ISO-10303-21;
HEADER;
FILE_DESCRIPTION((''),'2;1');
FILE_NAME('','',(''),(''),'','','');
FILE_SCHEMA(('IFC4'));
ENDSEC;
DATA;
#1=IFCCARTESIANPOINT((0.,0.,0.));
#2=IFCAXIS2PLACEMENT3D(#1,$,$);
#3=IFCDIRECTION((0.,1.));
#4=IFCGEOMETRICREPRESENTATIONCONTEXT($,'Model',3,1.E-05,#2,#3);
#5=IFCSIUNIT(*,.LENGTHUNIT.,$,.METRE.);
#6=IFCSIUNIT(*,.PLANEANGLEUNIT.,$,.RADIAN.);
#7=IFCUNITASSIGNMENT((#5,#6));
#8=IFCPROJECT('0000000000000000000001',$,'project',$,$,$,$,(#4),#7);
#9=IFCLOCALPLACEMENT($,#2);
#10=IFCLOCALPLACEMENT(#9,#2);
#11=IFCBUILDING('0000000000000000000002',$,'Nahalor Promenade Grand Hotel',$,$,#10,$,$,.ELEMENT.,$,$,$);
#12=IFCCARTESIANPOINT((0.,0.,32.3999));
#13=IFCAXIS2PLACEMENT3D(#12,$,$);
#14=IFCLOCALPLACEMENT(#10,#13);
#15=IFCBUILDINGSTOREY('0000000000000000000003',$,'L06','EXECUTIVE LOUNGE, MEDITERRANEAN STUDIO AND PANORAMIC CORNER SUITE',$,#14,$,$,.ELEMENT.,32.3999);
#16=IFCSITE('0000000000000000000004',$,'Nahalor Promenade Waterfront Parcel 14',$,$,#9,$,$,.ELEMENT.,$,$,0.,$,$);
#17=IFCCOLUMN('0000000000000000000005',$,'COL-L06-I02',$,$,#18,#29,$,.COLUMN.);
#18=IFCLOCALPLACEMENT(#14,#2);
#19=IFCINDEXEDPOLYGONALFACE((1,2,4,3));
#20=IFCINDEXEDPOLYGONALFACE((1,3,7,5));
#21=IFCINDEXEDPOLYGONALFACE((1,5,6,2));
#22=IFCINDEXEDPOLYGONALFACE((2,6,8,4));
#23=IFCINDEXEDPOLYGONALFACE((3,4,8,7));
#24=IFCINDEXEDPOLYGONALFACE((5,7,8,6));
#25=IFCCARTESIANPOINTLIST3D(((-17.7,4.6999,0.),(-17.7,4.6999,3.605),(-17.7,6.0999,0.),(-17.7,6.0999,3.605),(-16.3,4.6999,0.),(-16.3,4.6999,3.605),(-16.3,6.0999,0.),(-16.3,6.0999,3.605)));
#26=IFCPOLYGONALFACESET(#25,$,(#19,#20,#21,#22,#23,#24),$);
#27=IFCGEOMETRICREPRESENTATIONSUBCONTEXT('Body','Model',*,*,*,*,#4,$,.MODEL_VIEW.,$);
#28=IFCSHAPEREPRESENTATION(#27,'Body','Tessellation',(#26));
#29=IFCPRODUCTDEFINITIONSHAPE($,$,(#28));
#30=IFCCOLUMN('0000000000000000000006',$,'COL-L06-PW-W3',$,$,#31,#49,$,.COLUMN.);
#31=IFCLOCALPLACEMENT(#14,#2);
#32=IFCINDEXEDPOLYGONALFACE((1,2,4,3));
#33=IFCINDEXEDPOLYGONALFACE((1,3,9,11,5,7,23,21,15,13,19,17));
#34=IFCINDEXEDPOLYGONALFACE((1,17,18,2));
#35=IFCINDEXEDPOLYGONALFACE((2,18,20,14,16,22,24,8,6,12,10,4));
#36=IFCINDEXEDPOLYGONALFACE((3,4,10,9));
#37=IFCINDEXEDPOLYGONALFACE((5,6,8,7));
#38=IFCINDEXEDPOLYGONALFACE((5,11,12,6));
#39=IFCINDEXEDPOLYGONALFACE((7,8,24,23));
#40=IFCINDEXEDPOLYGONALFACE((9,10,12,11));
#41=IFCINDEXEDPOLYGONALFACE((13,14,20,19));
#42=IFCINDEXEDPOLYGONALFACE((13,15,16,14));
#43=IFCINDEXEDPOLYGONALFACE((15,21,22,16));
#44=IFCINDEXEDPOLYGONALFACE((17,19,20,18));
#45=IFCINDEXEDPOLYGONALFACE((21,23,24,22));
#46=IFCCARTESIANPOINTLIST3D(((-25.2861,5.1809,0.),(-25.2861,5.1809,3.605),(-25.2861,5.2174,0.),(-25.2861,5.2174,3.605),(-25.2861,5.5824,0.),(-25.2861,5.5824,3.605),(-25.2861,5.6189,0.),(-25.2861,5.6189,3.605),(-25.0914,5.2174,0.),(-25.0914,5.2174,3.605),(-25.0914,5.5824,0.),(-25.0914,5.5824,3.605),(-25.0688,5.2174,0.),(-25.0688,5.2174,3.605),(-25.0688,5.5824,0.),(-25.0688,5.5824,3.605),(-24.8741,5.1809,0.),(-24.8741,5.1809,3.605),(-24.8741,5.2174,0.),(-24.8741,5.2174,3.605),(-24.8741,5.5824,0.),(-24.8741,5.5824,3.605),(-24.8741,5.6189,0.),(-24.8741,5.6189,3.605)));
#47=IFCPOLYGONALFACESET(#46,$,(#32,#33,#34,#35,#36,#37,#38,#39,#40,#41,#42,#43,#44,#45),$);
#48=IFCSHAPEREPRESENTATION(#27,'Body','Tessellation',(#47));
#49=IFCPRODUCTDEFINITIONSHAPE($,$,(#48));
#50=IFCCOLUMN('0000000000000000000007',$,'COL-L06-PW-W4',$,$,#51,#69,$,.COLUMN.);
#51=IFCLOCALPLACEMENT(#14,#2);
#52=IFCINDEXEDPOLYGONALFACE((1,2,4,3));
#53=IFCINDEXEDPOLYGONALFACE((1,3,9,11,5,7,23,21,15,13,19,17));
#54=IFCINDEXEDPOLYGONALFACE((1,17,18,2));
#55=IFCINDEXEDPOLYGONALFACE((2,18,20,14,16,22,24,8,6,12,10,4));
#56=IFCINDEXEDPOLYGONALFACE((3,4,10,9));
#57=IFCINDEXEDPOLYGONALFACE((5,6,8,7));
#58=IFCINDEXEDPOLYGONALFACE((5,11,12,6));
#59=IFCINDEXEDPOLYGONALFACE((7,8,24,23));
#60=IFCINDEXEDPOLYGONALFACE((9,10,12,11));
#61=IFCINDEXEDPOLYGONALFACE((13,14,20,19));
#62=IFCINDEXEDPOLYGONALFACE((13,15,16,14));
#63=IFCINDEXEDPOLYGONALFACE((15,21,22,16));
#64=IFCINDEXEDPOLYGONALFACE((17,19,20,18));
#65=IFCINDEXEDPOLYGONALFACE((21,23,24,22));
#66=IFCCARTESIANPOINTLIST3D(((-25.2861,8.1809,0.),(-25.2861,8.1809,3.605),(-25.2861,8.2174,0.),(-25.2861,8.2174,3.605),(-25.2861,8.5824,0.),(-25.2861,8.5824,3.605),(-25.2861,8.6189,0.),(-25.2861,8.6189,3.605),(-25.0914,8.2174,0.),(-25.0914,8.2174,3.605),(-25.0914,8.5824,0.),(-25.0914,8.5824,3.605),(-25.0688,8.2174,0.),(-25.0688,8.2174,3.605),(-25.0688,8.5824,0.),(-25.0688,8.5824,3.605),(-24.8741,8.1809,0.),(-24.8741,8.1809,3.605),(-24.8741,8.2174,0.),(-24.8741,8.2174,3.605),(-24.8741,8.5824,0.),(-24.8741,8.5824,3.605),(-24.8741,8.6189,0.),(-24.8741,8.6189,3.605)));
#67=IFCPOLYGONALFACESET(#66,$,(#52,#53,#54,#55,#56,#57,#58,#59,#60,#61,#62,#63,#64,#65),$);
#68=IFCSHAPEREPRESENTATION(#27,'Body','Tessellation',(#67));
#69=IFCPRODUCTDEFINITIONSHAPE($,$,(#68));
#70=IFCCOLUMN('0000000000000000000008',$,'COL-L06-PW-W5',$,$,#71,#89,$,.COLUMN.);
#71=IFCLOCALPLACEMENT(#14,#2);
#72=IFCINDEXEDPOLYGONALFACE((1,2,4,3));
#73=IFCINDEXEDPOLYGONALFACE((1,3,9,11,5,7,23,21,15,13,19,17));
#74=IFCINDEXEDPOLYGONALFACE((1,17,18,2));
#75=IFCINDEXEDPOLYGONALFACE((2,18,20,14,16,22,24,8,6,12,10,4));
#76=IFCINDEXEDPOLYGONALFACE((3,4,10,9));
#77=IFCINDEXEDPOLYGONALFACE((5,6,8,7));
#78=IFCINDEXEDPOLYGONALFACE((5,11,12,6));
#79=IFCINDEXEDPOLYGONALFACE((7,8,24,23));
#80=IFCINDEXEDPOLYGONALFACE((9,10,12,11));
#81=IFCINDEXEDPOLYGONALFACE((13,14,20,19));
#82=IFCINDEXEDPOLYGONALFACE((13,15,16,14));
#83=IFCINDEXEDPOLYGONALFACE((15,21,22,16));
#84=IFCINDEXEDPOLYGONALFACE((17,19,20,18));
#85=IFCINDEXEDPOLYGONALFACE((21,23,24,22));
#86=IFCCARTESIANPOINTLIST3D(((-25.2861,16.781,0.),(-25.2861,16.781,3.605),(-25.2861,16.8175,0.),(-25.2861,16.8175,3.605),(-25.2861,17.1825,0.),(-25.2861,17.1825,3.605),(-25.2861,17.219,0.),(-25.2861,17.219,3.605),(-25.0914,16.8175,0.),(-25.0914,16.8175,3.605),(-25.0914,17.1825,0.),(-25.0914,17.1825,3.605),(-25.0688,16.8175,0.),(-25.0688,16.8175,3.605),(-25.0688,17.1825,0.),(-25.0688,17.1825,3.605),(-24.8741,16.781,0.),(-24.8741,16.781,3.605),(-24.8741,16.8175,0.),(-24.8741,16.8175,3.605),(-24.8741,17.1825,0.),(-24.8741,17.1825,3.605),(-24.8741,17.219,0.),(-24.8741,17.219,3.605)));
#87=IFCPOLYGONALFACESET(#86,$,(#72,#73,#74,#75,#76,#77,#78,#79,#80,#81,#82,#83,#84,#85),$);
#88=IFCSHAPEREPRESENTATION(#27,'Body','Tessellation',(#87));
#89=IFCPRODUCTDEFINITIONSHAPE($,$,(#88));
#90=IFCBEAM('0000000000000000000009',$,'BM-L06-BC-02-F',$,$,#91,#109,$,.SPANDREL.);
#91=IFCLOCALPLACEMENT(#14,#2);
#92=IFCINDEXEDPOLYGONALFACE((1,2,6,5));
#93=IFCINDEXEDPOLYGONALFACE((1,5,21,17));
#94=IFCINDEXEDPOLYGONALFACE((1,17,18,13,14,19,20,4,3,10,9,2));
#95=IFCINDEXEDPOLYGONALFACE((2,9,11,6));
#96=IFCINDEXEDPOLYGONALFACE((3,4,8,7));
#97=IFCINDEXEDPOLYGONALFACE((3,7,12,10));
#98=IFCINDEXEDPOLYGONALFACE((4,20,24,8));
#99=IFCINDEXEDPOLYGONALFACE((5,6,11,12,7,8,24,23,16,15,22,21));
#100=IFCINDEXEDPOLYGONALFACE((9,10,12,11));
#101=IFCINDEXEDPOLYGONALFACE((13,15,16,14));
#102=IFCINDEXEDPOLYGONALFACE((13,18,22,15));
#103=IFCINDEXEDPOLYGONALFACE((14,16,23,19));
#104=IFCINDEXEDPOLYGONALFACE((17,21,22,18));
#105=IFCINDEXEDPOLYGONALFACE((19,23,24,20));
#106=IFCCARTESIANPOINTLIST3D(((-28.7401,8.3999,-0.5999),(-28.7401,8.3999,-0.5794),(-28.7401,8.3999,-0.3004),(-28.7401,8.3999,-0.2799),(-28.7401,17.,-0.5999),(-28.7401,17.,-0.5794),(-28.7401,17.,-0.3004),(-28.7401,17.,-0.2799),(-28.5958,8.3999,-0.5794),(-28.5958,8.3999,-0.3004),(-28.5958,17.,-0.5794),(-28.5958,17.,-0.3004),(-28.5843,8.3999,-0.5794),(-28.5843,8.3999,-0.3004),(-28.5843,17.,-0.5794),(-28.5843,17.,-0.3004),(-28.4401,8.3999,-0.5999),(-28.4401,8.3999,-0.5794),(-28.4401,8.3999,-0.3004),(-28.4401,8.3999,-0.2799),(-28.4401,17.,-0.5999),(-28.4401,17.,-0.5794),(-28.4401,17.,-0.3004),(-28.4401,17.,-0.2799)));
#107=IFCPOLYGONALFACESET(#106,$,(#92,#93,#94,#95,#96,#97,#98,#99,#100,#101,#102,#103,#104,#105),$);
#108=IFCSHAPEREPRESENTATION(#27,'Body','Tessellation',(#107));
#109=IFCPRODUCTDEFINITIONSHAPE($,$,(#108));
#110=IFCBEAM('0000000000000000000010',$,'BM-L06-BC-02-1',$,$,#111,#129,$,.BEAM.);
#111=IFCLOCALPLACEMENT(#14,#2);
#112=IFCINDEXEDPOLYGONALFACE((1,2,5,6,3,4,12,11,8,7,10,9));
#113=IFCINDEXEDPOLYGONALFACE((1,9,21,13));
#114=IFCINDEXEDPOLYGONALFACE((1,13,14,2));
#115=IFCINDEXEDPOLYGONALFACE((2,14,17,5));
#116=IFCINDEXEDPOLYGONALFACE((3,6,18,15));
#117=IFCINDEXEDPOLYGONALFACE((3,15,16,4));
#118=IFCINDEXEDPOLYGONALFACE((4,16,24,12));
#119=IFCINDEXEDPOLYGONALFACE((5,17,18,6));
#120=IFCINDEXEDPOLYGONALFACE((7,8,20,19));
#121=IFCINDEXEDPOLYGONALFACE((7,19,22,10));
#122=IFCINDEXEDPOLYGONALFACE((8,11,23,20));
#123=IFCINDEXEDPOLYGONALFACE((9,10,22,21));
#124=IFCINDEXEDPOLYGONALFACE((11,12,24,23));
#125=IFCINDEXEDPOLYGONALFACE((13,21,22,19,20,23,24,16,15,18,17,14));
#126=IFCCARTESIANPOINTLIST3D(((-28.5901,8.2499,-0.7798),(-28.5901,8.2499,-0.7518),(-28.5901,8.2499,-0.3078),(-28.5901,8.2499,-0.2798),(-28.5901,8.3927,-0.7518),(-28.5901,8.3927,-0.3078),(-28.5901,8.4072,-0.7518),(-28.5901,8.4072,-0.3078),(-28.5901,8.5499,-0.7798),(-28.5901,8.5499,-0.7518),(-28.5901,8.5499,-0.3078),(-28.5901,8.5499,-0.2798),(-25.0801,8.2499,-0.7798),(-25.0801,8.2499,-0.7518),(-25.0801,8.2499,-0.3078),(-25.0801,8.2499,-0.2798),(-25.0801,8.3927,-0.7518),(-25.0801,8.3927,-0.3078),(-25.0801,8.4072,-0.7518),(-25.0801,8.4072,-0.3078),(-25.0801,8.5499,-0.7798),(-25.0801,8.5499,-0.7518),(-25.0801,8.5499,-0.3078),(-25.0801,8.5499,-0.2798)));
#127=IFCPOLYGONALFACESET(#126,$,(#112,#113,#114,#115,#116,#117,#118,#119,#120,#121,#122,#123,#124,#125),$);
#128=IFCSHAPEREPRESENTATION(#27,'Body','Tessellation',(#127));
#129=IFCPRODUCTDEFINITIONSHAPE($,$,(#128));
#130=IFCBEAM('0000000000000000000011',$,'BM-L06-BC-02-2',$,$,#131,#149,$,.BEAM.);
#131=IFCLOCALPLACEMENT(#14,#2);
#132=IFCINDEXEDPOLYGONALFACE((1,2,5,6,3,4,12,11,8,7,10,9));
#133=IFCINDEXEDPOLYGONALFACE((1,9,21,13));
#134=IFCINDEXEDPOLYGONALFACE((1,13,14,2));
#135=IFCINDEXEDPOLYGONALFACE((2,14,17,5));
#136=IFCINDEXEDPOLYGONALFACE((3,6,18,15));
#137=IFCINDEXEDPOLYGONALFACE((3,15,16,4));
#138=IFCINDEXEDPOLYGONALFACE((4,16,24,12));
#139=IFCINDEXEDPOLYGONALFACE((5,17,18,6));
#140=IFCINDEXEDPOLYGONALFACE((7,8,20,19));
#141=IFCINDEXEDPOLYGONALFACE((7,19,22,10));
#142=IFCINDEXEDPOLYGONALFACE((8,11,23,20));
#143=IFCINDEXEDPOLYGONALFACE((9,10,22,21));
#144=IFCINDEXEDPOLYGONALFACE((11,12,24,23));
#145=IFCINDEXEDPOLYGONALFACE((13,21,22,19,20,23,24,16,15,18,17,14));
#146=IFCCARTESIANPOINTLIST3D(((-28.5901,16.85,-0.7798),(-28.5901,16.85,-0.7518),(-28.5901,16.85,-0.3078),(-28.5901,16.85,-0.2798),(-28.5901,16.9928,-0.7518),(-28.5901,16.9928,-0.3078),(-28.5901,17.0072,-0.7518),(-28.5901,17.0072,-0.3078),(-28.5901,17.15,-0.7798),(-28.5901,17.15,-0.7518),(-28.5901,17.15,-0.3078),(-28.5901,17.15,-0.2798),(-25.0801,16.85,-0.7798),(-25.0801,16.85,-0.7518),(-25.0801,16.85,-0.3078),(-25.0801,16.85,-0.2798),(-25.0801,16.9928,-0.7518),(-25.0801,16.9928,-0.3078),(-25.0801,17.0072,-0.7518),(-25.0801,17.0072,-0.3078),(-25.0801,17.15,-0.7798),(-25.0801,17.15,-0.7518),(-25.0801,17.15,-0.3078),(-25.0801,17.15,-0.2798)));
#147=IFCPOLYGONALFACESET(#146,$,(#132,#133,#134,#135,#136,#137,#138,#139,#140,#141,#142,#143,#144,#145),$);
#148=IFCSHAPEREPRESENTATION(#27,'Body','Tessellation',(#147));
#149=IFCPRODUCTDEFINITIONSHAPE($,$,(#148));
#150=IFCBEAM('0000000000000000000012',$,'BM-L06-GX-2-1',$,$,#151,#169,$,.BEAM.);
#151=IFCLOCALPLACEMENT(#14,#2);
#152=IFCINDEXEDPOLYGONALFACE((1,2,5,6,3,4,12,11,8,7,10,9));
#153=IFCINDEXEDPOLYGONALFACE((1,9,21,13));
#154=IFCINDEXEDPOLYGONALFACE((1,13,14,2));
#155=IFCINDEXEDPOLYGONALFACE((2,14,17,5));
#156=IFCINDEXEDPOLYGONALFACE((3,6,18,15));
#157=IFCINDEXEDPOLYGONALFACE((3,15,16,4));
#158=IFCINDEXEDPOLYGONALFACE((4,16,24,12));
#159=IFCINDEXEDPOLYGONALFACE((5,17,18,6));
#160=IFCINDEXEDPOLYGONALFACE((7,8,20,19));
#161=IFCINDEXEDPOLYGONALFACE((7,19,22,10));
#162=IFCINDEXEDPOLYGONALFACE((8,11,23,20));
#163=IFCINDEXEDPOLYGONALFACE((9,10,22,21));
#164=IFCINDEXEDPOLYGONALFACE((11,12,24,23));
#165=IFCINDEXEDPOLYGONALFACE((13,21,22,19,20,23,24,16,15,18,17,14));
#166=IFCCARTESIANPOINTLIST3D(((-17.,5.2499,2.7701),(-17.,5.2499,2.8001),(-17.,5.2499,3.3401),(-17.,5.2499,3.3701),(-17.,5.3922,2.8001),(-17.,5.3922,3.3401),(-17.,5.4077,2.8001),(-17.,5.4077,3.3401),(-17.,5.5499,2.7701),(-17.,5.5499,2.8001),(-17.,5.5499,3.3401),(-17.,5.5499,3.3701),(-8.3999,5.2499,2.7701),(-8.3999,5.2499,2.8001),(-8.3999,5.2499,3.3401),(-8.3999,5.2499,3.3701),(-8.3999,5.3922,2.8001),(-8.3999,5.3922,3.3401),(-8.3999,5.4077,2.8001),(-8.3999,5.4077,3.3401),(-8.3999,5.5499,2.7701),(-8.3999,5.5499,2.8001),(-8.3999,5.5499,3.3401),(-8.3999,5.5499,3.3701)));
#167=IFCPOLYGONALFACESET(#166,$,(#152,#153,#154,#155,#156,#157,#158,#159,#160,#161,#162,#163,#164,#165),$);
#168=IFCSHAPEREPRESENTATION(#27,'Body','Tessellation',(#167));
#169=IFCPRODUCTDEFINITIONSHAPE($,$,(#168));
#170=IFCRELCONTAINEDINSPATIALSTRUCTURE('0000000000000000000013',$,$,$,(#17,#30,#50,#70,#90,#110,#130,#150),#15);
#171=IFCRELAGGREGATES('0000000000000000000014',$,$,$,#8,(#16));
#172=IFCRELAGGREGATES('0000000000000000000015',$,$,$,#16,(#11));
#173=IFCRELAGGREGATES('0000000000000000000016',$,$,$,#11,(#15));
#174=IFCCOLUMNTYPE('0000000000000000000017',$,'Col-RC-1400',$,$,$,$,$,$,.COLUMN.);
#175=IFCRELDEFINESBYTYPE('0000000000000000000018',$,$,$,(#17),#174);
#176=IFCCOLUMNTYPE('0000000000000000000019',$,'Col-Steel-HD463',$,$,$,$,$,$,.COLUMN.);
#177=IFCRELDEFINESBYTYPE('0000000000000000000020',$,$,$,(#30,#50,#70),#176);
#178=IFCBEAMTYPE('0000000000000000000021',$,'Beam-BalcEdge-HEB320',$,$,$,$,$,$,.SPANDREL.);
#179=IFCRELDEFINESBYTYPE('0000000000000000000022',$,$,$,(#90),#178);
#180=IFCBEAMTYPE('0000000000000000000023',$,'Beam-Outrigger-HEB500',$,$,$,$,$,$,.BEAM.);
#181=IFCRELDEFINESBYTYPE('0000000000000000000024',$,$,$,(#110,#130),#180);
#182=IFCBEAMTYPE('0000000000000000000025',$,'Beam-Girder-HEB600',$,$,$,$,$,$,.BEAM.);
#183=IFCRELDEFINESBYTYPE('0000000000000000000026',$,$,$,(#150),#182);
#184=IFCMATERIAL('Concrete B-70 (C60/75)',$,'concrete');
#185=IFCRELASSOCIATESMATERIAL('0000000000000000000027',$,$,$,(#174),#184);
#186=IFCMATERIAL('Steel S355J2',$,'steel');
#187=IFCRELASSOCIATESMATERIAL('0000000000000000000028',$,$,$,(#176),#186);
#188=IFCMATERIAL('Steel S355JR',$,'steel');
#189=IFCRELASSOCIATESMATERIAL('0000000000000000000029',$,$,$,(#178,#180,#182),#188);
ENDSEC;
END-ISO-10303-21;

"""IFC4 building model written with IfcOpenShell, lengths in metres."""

from ifc_helpers import new_model, si_unit, direction, frame, origin, origin_2d, place, context, subcontext, project, spatial, rectangle, i_section, extrude, source, transform, mapped, material, material_profile, profile_set, type_object, element, save


model = new_model("IFC4")

# Units and contexts
model_context = context("Model", 3, precision=1e-05, world=origin(), true_north=direction((0.0, 1.0)))
body_context = subcontext(model_context, "Body", "Model", "MODEL_VIEW")
ifc_project = project(units=[si_unit("LENGTHUNIT", "METRE"), si_unit("PLANEANGLEUNIT", "RADIAN")], contexts=[model_context])

# Site, building, storey
site_placement = place(None, origin())
site = spatial("IfcSite", under=ifc_project, at=site_placement, Name="Nahalor Promenade Waterfront Parcel 14", CompositionType="ELEMENT", RefElevation=0.0)
building_placement = place(site_placement, origin())
building = spatial("IfcBuilding", under=site, at=building_placement, Name="Nahalor Promenade Grand Hotel", CompositionType="ELEMENT")
storey_placement = place(building_placement, frame((0.0, 0.0, 32.3999)))
storey = spatial("IfcBuildingStorey", under=building, at=storey_placement, Name="L06", Description="EXECUTIVE LOUNGE, MEDITERRANEAN STUDIO AND PANORAMIC CORNER SUITE", CompositionType="ELEMENT", Elevation=32.3999)

# Columns
ifc_material_1 = material(Name="Concrete B-70 (C60/75)", Category="concrete")
ifc_material_profile_1 = material_profile(ifc_material_1, rectangle(XDim=1.4, YDim=1.4, at=origin_2d()), Name="RC 1400x1400")
ifc_profile_set_1 = profile_set([ifc_material_profile_1], Name="Concrete B-70 (C60/75)")
column_type_1 = type_object("IfcColumnType", Name="Col-RC-1400", PredefinedType="COLUMN", material=ifc_profile_set_1)
shared_shape_1 = source(origin(), body_context, "Body", "SweptSolid", [
    extrude(rectangle(XDim=1.4, YDim=1.4, at=origin_2d()), origin(), (0.0, 0.0, 1.0), 3.605),
])
column_placement = place(storey_placement, frame((-17.0, 5.3999, 0.0), z_axis=(0.0, 0.0, 1.0), x_axis=(1.0, 0.0, 0.0)))
element("IfcColumn", 1, at=column_placement, inside=storey, type_object=column_type_1, Name="COL-L06-I02", PredefinedType="COLUMN", context=body_context, shape_type="MappedRepresentation", body=[
    mapped(shared_shape_1, transform((0.0, 0.0, 0.0), scale=1.0)),
])
ifc_material_2 = material(Name="Steel S355J2", Category="steel")
ifc_material_profile_2 = material_profile(ifc_material_2, i_section(OverallWidth=0.412, OverallDepth=0.438, WebThickness=0.0226, FlangeThickness=0.0365, at=origin_2d()), Name="HD 400x463")
ifc_profile_set_2 = profile_set([ifc_material_profile_2], Name="Steel S355J2")
column_type_2 = type_object("IfcColumnType", Name="Col-Steel-HD463", PredefinedType="COLUMN", material=ifc_profile_set_2)
shared_shape_2 = source(origin(), body_context, "Body", "SweptSolid", [
    extrude(i_section(OverallWidth=0.412, OverallDepth=0.438, WebThickness=0.0226, FlangeThickness=0.0365, at=origin_2d()), origin(), (0.0, 0.0, 1.0), 3.605),
])
for number, where, z_axis, x_axis, name in (
    (2, (-25.0801, 5.3999, 0.0), (0.0, 0.0, 1.0), (1.0, 0.0, 0.0), "COL-L06-PW-W3"),
    (3, (-25.0801, 8.3999, 0.0), (0.0, 0.0, 1.0), (1.0, 0.0, 0.0), "COL-L06-PW-W4"),
    (4, (-25.0801, 17.0, 0.0), (0.0, 0.0, 1.0), (1.0, 0.0, 0.0), "COL-L06-PW-W5"),
):
    element("IfcColumn", number, at=place(storey_placement, frame(where, z_axis=z_axis, x_axis=x_axis)), inside=storey, type_object=column_type_2, Name=name, PredefinedType="COLUMN", context=body_context, shape_type="MappedRepresentation", body=[
        mapped(shared_shape_2, transform((0.0, 0.0, 0.0), scale=1.0)),
    ])

# Beams
ifc_material_3 = material(Name="Steel S355JR", Category="steel")
ifc_material_profile_3 = material_profile(ifc_material_3, i_section(OverallWidth=0.3, OverallDepth=0.32, WebThickness=0.0115, FlangeThickness=0.0205, at=origin_2d()), Name="HEB 320")
ifc_profile_set_3 = profile_set([ifc_material_profile_3], Name="Steel S355JR")
beam_type_1 = type_object("IfcBeamType", Name="Beam-BalcEdge-HEB320", PredefinedType="SPANDREL", material=ifc_profile_set_3)
shared_shape_3 = source(origin(), body_context, "Body", "SweptSolid", [
    extrude(i_section(OverallWidth=0.3, OverallDepth=0.32, WebThickness=0.0115, FlangeThickness=0.0205, at=origin_2d()), origin(), (0.0, 0.0, 1.0), 8.6001),
])
beam_1_placement = place(storey_placement, frame((-28.5901, 8.3999, -0.4399), z_axis=(0.0, 1.0, 0.0), x_axis=(-1.0, 0.0, 0.0)))
element("IfcBeam", 5, at=beam_1_placement, inside=storey, type_object=beam_type_1, Name="BM-L06-BC-02-F", PredefinedType="SPANDREL", context=body_context, shape_type="MappedRepresentation", body=[
    mapped(shared_shape_3, transform((0.0, 0.0, 0.0), scale=1.0)),
])
ifc_material_profile_4 = material_profile(ifc_material_3, i_section(OverallWidth=0.3, OverallDepth=0.5, WebThickness=0.0145, FlangeThickness=0.028, at=origin_2d()), Name="HEB 500")
ifc_profile_set_4 = profile_set([ifc_material_profile_4], Name="Steel S355JR")
beam_type_2 = type_object("IfcBeamType", Name="Beam-Outrigger-HEB500", PredefinedType="BEAM", material=ifc_profile_set_4)
shared_shape_4 = source(origin(), body_context, "Body", "SweptSolid", [
    extrude(i_section(OverallWidth=0.3, OverallDepth=0.5, WebThickness=0.0145, FlangeThickness=0.028, at=origin_2d()), origin(), (0.0, 0.0, 1.0), 3.51),
])
for number, where, z_axis, x_axis, name in (
    (6, (-28.5901, 8.3999, -0.5298), (1.0, 0.0, 0.0), (0.0, 1.0, 0.0), "BM-L06-BC-02-1"),
    (7, (-28.5901, 17.0, -0.5298), (1.0, 0.0, 0.0), (0.0, 1.0, 0.0), "BM-L06-BC-02-2"),
):
    element("IfcBeam", number, at=place(storey_placement, frame(where, z_axis=z_axis, x_axis=x_axis)), inside=storey, type_object=beam_type_2, Name=name, PredefinedType="BEAM", context=body_context, shape_type="MappedRepresentation", body=[
        mapped(shared_shape_4, transform((0.0, 0.0, 0.0), scale=1.0)),
    ])
ifc_material_profile_5 = material_profile(ifc_material_3, i_section(OverallWidth=0.3, OverallDepth=0.6, WebThickness=0.0155, FlangeThickness=0.03, at=origin_2d()), Name="HEB 600")
ifc_profile_set_5 = profile_set([ifc_material_profile_5], Name="Steel S355JR")
beam_type_3 = type_object("IfcBeamType", Name="Beam-Girder-HEB600", PredefinedType="BEAM", material=ifc_profile_set_5)
shared_shape_5 = source(origin(), body_context, "Body", "SweptSolid", [
    extrude(i_section(OverallWidth=0.3, OverallDepth=0.6, WebThickness=0.0155, FlangeThickness=0.03, at=origin_2d()), origin(), (0.0, 0.0, 1.0), 8.6001),
])
beam_2_placement = place(storey_placement, frame((-17.0, 5.3999, 3.0701), z_axis=(1.0, 0.0, 0.0), x_axis=(0.0, 1.0, 0.0)))
element("IfcBeam", 8, at=beam_2_placement, inside=storey, type_object=beam_type_3, Name="BM-L06-GX-2-1", PredefinedType="BEAM", context=body_context, shape_type="MappedRepresentation", body=[
    mapped(shared_shape_5, transform((0.0, 0.0, 0.0), scale=1.0)),
])

save(model, "model.ifc")
